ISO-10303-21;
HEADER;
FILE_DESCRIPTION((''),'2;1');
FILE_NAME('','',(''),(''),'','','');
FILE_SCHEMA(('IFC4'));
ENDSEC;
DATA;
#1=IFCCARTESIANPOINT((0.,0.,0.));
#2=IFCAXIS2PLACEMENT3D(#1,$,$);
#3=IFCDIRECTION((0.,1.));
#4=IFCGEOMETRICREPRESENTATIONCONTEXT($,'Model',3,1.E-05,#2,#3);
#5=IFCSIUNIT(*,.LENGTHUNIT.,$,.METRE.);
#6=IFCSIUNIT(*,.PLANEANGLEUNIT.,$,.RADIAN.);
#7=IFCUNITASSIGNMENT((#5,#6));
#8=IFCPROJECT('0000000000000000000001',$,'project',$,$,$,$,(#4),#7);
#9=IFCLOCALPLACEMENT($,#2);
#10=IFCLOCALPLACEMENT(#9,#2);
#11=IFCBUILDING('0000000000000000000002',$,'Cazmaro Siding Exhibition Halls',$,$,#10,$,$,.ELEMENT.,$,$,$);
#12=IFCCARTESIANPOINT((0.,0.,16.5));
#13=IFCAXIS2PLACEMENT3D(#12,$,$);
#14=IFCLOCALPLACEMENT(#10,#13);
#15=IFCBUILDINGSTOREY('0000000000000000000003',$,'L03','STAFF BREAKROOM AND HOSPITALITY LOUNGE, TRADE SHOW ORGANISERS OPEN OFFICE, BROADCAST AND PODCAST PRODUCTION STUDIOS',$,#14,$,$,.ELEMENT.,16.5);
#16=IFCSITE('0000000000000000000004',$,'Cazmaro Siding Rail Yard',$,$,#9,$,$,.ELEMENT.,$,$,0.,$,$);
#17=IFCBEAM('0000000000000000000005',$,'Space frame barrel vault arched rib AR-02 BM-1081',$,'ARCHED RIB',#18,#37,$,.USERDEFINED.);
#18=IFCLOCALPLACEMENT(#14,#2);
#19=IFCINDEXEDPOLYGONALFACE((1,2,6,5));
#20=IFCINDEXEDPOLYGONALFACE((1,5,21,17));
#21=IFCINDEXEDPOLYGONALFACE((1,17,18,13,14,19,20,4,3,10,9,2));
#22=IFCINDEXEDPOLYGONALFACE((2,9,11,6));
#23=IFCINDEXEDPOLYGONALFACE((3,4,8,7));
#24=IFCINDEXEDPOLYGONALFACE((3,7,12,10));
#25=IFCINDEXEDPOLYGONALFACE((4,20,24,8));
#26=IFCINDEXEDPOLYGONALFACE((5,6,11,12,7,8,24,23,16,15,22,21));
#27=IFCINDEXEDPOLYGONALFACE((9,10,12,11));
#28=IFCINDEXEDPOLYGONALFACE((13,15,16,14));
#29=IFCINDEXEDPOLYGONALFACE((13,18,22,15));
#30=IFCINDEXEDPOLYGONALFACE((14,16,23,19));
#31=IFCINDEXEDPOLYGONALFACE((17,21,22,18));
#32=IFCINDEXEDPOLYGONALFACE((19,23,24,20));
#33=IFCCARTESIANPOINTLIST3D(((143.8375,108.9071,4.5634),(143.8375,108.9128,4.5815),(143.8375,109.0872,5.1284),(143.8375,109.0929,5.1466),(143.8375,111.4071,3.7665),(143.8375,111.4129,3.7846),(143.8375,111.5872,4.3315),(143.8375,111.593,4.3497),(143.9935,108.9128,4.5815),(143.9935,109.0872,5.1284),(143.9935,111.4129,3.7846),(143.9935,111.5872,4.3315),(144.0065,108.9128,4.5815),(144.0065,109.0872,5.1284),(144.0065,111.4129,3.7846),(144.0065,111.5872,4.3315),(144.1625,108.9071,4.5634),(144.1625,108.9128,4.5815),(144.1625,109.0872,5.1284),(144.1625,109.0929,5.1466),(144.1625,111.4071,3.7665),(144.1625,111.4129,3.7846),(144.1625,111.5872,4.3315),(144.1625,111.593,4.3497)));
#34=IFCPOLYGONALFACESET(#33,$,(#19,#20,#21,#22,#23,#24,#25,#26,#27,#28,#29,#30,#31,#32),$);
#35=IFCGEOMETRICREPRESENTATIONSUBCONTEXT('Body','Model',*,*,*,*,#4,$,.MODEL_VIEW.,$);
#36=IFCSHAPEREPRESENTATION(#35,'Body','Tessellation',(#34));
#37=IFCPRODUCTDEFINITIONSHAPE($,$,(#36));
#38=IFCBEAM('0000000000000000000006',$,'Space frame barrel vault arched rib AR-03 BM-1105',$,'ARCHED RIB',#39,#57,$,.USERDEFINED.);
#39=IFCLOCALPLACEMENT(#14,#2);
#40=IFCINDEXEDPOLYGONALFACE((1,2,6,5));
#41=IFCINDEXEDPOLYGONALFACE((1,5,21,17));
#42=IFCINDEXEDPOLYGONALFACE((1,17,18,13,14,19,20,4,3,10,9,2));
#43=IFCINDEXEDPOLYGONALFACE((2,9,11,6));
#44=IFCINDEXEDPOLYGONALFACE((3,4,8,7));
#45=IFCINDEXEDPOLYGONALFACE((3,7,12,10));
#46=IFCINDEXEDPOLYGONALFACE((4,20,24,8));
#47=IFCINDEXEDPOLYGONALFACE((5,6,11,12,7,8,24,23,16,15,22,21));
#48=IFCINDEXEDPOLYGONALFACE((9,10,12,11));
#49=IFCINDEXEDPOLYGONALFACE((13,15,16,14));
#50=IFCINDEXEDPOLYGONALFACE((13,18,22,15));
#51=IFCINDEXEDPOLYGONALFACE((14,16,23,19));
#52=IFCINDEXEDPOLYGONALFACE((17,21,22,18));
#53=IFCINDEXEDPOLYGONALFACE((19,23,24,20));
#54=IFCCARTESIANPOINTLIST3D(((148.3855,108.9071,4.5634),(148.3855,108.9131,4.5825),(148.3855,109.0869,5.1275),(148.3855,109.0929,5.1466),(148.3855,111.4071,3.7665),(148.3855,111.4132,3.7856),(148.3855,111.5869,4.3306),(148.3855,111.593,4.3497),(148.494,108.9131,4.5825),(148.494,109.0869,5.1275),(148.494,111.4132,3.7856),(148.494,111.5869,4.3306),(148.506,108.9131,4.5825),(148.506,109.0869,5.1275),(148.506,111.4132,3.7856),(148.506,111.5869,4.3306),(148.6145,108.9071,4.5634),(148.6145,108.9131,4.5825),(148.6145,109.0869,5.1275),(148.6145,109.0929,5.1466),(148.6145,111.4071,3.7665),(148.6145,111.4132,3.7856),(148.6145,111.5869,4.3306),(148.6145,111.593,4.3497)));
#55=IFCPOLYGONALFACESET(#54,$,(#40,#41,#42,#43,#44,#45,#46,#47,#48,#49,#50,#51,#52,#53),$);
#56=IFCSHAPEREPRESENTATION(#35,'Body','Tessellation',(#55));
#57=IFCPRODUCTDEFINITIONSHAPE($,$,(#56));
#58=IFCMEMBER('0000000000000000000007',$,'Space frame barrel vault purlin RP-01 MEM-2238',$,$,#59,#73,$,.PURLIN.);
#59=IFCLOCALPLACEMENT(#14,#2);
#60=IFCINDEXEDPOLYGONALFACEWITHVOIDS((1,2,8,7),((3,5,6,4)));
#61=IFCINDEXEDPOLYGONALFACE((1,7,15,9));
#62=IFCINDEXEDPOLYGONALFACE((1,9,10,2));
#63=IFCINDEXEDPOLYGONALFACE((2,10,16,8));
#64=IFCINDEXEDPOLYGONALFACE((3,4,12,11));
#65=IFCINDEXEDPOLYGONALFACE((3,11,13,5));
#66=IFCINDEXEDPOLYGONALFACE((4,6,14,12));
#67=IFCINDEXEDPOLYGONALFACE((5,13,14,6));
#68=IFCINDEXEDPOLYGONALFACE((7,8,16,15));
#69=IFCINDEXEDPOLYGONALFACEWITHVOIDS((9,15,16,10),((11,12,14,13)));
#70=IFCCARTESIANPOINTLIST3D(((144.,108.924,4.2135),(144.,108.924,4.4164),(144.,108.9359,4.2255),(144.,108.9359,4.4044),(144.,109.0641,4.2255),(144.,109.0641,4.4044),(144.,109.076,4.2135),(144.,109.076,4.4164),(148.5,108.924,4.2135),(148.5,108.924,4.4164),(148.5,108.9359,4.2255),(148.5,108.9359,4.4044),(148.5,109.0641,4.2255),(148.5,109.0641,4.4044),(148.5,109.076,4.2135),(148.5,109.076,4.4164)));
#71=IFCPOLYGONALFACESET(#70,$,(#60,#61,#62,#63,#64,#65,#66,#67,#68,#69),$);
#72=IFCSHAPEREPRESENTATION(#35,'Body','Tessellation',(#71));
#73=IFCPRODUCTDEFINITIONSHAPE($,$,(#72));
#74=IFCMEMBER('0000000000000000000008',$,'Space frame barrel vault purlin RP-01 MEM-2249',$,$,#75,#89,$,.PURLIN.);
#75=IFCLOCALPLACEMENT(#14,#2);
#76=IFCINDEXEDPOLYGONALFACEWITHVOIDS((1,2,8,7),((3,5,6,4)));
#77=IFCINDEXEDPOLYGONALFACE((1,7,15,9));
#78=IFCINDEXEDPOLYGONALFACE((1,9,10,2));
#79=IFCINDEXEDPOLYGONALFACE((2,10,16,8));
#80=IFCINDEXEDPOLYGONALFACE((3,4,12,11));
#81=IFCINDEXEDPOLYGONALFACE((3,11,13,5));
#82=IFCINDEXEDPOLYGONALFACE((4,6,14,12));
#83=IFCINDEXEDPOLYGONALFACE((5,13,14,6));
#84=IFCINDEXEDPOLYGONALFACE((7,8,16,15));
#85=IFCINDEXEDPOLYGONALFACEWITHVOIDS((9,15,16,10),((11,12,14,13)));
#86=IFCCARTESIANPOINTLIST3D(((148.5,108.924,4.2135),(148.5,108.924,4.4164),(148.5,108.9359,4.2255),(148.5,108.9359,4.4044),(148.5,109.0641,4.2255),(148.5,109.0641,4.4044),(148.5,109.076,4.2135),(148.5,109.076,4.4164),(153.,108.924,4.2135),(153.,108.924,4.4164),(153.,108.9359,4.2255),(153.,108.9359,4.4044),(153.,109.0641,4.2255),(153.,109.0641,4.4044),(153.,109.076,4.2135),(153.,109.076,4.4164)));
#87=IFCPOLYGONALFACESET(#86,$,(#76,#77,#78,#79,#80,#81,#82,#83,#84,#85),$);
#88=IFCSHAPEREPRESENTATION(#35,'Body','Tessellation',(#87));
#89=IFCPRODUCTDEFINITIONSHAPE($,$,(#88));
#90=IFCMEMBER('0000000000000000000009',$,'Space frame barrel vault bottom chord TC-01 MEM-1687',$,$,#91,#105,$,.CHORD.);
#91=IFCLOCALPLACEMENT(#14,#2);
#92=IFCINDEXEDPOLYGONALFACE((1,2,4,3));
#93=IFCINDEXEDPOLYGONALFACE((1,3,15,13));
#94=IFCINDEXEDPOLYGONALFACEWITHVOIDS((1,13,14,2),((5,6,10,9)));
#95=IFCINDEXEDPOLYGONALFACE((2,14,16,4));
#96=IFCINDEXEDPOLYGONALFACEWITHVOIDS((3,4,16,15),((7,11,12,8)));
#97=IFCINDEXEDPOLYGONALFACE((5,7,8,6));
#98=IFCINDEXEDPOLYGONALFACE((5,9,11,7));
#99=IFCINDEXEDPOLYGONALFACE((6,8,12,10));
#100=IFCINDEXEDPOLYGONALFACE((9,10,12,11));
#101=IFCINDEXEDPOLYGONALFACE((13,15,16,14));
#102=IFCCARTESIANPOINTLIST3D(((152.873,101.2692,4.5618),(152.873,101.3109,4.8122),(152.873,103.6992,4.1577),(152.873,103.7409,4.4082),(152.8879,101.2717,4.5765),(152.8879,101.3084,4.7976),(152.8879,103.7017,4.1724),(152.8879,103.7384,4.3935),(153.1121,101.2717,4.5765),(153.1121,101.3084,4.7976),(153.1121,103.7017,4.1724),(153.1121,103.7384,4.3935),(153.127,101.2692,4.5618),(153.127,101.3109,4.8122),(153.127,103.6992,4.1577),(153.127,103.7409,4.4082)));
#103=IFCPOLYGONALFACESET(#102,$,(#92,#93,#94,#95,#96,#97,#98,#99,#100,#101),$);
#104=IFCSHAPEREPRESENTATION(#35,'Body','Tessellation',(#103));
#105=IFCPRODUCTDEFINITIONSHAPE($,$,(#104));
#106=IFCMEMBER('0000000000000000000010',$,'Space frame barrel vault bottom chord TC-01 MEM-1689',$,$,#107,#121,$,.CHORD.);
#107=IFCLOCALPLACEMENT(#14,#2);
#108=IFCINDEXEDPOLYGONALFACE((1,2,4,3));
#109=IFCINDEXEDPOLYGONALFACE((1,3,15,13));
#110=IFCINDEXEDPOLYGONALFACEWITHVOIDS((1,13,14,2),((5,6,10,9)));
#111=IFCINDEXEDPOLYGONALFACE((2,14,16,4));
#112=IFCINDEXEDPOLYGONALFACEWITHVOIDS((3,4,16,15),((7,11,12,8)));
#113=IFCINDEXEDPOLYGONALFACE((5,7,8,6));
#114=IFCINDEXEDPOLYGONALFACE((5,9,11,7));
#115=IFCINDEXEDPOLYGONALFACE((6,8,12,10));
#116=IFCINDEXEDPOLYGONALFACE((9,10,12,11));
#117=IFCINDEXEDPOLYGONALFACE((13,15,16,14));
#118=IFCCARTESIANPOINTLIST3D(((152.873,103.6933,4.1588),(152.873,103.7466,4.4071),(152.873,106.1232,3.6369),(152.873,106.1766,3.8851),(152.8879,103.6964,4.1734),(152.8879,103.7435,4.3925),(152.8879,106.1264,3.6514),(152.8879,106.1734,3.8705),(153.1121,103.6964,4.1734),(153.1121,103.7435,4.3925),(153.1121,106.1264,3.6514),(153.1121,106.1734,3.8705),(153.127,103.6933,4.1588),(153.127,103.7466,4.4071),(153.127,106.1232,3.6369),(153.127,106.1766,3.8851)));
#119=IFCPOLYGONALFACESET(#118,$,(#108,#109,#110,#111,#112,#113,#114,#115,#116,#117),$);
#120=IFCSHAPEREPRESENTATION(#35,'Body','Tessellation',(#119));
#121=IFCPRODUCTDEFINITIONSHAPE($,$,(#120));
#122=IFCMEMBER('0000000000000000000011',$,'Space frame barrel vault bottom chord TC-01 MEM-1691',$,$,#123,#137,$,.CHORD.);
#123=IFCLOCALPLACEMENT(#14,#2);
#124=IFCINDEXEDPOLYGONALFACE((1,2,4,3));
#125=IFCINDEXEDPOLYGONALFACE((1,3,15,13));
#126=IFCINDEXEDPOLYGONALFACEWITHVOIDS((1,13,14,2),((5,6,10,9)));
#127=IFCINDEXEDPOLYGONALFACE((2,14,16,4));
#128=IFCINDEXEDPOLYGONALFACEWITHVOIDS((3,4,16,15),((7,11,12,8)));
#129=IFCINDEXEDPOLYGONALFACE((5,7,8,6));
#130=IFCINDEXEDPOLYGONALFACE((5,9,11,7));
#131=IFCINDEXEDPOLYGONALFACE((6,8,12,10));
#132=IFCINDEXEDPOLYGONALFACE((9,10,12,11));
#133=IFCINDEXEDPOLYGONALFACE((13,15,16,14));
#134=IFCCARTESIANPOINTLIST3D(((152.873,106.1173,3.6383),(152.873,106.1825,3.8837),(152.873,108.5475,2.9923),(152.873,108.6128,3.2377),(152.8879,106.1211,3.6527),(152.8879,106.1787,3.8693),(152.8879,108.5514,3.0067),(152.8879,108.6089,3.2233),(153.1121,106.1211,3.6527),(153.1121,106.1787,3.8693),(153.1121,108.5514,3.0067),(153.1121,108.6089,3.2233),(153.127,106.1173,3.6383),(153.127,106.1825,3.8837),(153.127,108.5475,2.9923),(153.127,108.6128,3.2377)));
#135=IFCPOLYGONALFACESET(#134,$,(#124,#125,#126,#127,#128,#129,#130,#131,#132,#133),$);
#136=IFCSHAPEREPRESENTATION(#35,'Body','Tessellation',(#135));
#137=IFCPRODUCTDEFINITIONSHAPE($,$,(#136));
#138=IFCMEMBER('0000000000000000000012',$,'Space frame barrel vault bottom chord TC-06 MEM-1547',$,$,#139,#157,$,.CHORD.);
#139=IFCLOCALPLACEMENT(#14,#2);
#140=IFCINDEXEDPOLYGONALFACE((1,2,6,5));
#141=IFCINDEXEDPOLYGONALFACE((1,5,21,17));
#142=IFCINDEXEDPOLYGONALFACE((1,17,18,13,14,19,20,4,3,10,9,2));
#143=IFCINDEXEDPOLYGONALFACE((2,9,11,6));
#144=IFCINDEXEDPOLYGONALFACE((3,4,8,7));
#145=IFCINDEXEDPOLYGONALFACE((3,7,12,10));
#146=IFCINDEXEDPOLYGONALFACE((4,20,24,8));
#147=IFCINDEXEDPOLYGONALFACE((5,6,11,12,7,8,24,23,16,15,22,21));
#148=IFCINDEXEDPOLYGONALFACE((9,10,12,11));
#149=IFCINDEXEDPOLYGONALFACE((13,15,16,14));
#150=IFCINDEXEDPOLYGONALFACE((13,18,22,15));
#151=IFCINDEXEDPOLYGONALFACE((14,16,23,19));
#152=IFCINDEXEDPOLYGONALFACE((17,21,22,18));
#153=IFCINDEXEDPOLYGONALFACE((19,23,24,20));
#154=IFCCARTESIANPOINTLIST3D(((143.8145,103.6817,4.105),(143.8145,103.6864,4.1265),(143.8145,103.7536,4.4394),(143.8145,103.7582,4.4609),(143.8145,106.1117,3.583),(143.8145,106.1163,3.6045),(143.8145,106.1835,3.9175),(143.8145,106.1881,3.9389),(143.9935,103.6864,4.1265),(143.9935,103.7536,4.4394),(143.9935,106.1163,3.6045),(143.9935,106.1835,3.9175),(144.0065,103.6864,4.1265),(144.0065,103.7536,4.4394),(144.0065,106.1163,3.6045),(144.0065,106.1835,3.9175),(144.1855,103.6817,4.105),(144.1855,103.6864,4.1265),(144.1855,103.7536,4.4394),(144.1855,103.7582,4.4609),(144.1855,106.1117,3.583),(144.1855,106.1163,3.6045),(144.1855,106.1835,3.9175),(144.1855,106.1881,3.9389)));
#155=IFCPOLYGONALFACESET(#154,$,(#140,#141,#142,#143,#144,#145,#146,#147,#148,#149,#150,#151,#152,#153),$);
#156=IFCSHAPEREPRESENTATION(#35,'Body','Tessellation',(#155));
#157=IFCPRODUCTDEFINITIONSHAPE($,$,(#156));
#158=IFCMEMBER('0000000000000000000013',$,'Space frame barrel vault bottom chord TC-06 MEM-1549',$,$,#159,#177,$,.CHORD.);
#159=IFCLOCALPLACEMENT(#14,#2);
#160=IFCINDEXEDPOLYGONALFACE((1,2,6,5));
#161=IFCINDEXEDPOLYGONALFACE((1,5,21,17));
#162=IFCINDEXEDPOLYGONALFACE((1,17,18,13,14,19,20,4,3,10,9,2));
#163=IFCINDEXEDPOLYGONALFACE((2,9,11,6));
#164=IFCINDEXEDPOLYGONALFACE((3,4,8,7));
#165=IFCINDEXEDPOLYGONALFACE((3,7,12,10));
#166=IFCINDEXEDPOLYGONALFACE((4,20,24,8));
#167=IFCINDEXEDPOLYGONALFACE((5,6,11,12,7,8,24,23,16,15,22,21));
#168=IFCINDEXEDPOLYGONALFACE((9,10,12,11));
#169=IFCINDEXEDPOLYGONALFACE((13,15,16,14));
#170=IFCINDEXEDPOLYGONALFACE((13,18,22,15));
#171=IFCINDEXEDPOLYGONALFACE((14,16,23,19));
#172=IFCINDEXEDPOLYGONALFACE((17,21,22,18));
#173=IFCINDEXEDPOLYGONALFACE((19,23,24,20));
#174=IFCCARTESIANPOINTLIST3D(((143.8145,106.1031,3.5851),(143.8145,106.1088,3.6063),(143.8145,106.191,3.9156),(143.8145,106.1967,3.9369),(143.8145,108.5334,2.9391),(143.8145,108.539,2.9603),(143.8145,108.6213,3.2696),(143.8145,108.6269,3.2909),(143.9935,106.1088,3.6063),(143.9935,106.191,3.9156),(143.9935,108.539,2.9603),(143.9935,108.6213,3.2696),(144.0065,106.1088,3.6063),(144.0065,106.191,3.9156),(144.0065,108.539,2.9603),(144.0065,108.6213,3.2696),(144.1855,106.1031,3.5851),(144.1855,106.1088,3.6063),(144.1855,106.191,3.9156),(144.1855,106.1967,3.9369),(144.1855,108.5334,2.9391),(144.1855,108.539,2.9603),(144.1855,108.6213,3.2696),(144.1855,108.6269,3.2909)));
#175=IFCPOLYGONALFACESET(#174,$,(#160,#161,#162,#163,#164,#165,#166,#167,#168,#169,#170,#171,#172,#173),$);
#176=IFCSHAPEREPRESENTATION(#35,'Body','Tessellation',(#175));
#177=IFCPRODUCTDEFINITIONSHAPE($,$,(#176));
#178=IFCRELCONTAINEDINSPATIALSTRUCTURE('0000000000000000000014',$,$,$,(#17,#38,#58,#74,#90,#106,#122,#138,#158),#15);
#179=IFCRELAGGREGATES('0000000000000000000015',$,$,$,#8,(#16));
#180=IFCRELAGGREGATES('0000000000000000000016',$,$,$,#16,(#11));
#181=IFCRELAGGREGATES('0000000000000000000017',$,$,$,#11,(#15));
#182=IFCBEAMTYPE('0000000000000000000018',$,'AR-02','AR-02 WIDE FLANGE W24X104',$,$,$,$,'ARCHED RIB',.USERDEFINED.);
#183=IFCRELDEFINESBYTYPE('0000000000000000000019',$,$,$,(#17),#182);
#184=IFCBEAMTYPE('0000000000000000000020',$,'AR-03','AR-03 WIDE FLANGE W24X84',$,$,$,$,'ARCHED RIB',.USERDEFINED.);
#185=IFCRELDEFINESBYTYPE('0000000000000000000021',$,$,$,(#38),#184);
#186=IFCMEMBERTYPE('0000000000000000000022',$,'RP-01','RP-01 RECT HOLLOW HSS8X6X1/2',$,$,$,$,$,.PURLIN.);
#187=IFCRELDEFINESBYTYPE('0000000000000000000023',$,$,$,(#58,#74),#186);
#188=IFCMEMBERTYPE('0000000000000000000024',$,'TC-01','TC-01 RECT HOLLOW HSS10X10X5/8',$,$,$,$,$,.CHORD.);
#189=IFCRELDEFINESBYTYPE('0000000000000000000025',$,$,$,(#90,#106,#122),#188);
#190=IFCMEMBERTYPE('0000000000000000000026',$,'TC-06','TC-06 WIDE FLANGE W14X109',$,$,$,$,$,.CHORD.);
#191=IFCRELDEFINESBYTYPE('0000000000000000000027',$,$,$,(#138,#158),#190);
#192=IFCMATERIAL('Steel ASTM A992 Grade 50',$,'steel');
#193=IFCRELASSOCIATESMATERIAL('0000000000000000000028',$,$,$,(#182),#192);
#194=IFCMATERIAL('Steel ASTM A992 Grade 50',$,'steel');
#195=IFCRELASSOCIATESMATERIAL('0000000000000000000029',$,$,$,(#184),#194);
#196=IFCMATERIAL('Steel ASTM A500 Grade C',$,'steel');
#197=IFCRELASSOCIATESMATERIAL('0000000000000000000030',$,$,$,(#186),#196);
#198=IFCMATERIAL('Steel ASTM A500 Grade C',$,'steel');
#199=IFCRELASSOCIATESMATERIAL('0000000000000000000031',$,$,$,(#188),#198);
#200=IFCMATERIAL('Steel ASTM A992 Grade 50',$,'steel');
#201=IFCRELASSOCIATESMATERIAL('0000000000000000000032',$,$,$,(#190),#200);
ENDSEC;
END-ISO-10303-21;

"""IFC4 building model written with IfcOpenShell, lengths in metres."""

from ifc_helpers import new_model, si_unit, direction, frame, origin, origin_2d, place, context, subcontext, project, spatial, hollow_rectangle, i_section, extrude, material, material_profile, profile_set, type_object, element, save


model = new_model("IFC4")

# Units and contexts
model_context = context("Model", 3, precision=1e-05, world=origin(), true_north=direction((0.0, 1.0)))
body_context = subcontext(model_context, "Body", "Model", "MODEL_VIEW")
ifc_project = project(units=[si_unit("LENGTHUNIT", "METRE"), si_unit("PLANEANGLEUNIT", "RADIAN")], contexts=[model_context])

# Site, building, storey
site_placement = place(None, origin())
site = spatial("IfcSite", under=ifc_project, at=site_placement, Name="Cazmaro Siding Rail Yard", CompositionType="ELEMENT", RefElevation=0.0)
building_placement = place(site_placement, origin())
building = spatial("IfcBuilding", under=site, at=building_placement, Name="Cazmaro Siding Exhibition Halls", CompositionType="ELEMENT")
storey_placement = place(building_placement, frame((0.0, 0.0, 16.5)))
storey = spatial("IfcBuildingStorey", under=building, at=storey_placement, Name="L03", Description="STAFF BREAKROOM AND HOSPITALITY LOUNGE, TRADE SHOW ORGANISERS OPEN OFFICE, BROADCAST AND PODCAST PRODUCTION STUDIOS", CompositionType="ELEMENT", Elevation=16.5)

# Beams
ifc_material_1 = material(Name="Steel ASTM A992 Grade 50", Category="steel")
ifc_material_profile_1 = material_profile(ifc_material_1, i_section(OverallWidth=0.325, OverallDepth=0.6121, WebThickness=0.0129, FlangeThickness=0.019, at=origin_2d()), Name="W24X104")
ifc_profile_set_1 = profile_set([ifc_material_profile_1], Name="Steel ASTM A992 Grade 50")
beam_type_1 = type_object("IfcBeamType", Name="AR-02", Description="AR-02 WIDE FLANGE W24X104", ElementType="ARCHED RIB", PredefinedType="USERDEFINED", material=ifc_profile_set_1)
beam_1_placement = place(storey_placement, frame((144.0, 109.0, 4.855), z_axis=(0.0, 0.952769, -0.303695), x_axis=(-1.0, 0.0, 0.0)))
element("IfcBeam", 1, at=beam_1_placement, inside=storey, type_object=beam_type_1, Name="Space frame barrel vault arched rib AR-02 BM-1081", ObjectType="ARCHED RIB", PredefinedType="USERDEFINED", context=body_context, shape_type="SweptSolid", body=[
    extrude(i_section(OverallWidth=0.325, OverallDepth=0.6121, WebThickness=0.0129, FlangeThickness=0.019, at=origin_2d()), origin(), (0.0, 0.0, 1.0), 2.624),
])
ifc_material_2 = material(Name="Steel ASTM A992 Grade 50", Category="steel")
ifc_material_profile_2 = material_profile(ifc_material_2, i_section(OverallWidth=0.229, OverallDepth=0.6121, WebThickness=0.012, FlangeThickness=0.02, at=origin_2d()), Name="W24X84")
ifc_profile_set_2 = profile_set([ifc_material_profile_2], Name="Steel ASTM A992 Grade 50")
beam_type_2 = type_object("IfcBeamType", Name="AR-03", Description="AR-03 WIDE FLANGE W24X84", ElementType="ARCHED RIB", PredefinedType="USERDEFINED", material=ifc_profile_set_2)
beam_2_placement = place(storey_placement, frame((148.5, 109.0, 4.855), z_axis=(0.0, 0.952769, -0.303695), x_axis=(-1.0, 0.0, 0.0)))
element("IfcBeam", 2, at=beam_2_placement, inside=storey, type_object=beam_type_2, Name="Space frame barrel vault arched rib AR-03 BM-1105", ObjectType="ARCHED RIB", PredefinedType="USERDEFINED", context=body_context, shape_type="SweptSolid", body=[
    extrude(i_section(OverallWidth=0.229, OverallDepth=0.6121, WebThickness=0.012, FlangeThickness=0.02, at=origin_2d()), origin(), (0.0, 0.0, 1.0), 2.624),
])

# Members
ifc_material_3 = material(Name="Steel ASTM A500 Grade C", Category="steel")
ifc_material_profile_3 = material_profile(ifc_material_3, hollow_rectangle(XDim=0.1521, YDim=0.2029, WallThickness=0.012, at=origin_2d()), Name="HSS8X6X1/2")
ifc_profile_set_3 = profile_set([ifc_material_profile_3], Name="Steel ASTM A500 Grade C")
member_type_1 = type_object("IfcMemberType", Name="RP-01", Description="RP-01 RECT HOLLOW HSS8X6X1/2", PredefinedType="PURLIN", material=ifc_profile_set_3)
for number, where, z_axis, x_axis, name in (
    (3, (144.0, 109.0, 4.3149), (1.0, 0.0, 0.0), (0.0, 1.0, 0.0), "Space frame barrel vault purlin RP-01 MEM-2238"),
    (4, (148.5, 109.0, 4.3149), (1.0, 0.0, 0.0), (0.0, 1.0, 0.0), "Space frame barrel vault purlin RP-01 MEM-2249"),
):
    element("IfcMember", number, at=place(storey_placement, frame(where, z_axis=z_axis, x_axis=x_axis)), inside=storey, type_object=member_type_1, Name=name, PredefinedType="PURLIN", context=body_context, shape_type="SweptSolid", body=[
        extrude(hollow_rectangle(XDim=0.1521, YDim=0.2029, WallThickness=0.012, at=origin_2d()), origin(), (0.0, 0.0, 1.0), 4.5),
    ])
ifc_material_4 = material(Name="Steel ASTM A500 Grade C", Category="steel")
ifc_material_profile_4 = material_profile(ifc_material_4, hollow_rectangle(XDim=0.2539, YDim=0.2539, WallThickness=0.0149, at=origin_2d()), Name="HSS10X10X5/8")
ifc_profile_set_4 = profile_set([ifc_material_profile_4], Name="Steel ASTM A500 Grade C")
member_type_2 = type_object("IfcMemberType", Name="TC-01", Description="TC-01 RECT HOLLOW HSS10X10X5/8", PredefinedType="CHORD", material=ifc_profile_set_4)
member_1_placement = place(storey_placement, frame((153.0, 101.29, 4.687), z_axis=(0.0, 0.986455, -0.164029), x_axis=(-1.0, 0.0, 0.0)))
element("IfcMember", 5, at=member_1_placement, inside=storey, type_object=member_type_2, Name="Space frame barrel vault bottom chord TC-01 MEM-1687", PredefinedType="CHORD", context=body_context, shape_type="SweptSolid", body=[
    extrude(hollow_rectangle(XDim=0.2539, YDim=0.2539, WallThickness=0.0149, at=origin_2d()), origin(), (0.0, 0.0, 1.0), 2.4634),
])
member_2_placement = place(storey_placement, frame((153.0, 103.72, 4.283), z_axis=(0.0, 0.977697, -0.210019), x_axis=(-1.0, 0.0, 0.0)))
element("IfcMember", 6, at=member_2_placement, inside=storey, type_object=member_type_2, Name="Space frame barrel vault bottom chord TC-01 MEM-1689", PredefinedType="CHORD", context=body_context, shape_type="SweptSolid", body=[
    extrude(hollow_rectangle(XDim=0.2539, YDim=0.2539, WallThickness=0.0149, at=origin_2d()), origin(), (0.0, 0.0, 1.0), 2.4854),
])
member_3_placement = place(storey_placement, frame((153.0, 106.1499, 3.761), z_axis=(0.0, 0.966438, -0.256901), x_axis=(-1.0, 0.0, 0.0)))
element("IfcMember", 7, at=member_3_placement, inside=storey, type_object=member_type_2, Name="Space frame barrel vault bottom chord TC-01 MEM-1691", PredefinedType="CHORD", context=body_context, shape_type="SweptSolid", body=[
    extrude(hollow_rectangle(XDim=0.2539, YDim=0.2539, WallThickness=0.0149, at=origin_2d()), origin(), (0.0, 0.0, 1.0), 2.5146),
])
ifc_material_5 = material(Name="Steel ASTM A992 Grade 50", Category="steel")
ifc_material_profile_5 = material_profile(ifc_material_5, i_section(OverallWidth=0.3711, OverallDepth=0.364, WebThickness=0.0129, FlangeThickness=0.022, at=origin_2d()), Name="W14X109")
ifc_profile_set_5 = profile_set([ifc_material_profile_5], Name="Steel ASTM A992 Grade 50")
member_type_3 = type_object("IfcMemberType", Name="TC-06", Description="TC-06 WIDE FLANGE W14X109", PredefinedType="CHORD", material=ifc_profile_set_5)
member_4_placement = place(storey_placement, frame((144.0, 103.72, 4.283), z_axis=(0.0, 0.977697, -0.210019), x_axis=(-1.0, 0.0, 0.0)))
element("IfcMember", 8, at=member_4_placement, inside=storey, type_object=member_type_3, Name="Space frame barrel vault bottom chord TC-06 MEM-1547", PredefinedType="CHORD", context=body_context, shape_type="SweptSolid", body=[
    extrude(i_section(OverallWidth=0.3711, OverallDepth=0.364, WebThickness=0.0129, FlangeThickness=0.022, at=origin_2d()), origin(), (0.0, 0.0, 1.0), 2.4854),
])
member_5_placement = place(storey_placement, frame((144.0, 106.1499, 3.761), z_axis=(0.0, 0.966438, -0.256901), x_axis=(-1.0, 0.0, 0.0)))
element("IfcMember", 9, at=member_5_placement, inside=storey, type_object=member_type_3, Name="Space frame barrel vault bottom chord TC-06 MEM-1549", PredefinedType="CHORD", context=body_context, shape_type="SweptSolid", body=[
    extrude(i_section(OverallWidth=0.3711, OverallDepth=0.364, WebThickness=0.0129, FlangeThickness=0.022, at=origin_2d()), origin(), (0.0, 0.0, 1.0), 2.5146),
])

save(model, "model.ifc")
